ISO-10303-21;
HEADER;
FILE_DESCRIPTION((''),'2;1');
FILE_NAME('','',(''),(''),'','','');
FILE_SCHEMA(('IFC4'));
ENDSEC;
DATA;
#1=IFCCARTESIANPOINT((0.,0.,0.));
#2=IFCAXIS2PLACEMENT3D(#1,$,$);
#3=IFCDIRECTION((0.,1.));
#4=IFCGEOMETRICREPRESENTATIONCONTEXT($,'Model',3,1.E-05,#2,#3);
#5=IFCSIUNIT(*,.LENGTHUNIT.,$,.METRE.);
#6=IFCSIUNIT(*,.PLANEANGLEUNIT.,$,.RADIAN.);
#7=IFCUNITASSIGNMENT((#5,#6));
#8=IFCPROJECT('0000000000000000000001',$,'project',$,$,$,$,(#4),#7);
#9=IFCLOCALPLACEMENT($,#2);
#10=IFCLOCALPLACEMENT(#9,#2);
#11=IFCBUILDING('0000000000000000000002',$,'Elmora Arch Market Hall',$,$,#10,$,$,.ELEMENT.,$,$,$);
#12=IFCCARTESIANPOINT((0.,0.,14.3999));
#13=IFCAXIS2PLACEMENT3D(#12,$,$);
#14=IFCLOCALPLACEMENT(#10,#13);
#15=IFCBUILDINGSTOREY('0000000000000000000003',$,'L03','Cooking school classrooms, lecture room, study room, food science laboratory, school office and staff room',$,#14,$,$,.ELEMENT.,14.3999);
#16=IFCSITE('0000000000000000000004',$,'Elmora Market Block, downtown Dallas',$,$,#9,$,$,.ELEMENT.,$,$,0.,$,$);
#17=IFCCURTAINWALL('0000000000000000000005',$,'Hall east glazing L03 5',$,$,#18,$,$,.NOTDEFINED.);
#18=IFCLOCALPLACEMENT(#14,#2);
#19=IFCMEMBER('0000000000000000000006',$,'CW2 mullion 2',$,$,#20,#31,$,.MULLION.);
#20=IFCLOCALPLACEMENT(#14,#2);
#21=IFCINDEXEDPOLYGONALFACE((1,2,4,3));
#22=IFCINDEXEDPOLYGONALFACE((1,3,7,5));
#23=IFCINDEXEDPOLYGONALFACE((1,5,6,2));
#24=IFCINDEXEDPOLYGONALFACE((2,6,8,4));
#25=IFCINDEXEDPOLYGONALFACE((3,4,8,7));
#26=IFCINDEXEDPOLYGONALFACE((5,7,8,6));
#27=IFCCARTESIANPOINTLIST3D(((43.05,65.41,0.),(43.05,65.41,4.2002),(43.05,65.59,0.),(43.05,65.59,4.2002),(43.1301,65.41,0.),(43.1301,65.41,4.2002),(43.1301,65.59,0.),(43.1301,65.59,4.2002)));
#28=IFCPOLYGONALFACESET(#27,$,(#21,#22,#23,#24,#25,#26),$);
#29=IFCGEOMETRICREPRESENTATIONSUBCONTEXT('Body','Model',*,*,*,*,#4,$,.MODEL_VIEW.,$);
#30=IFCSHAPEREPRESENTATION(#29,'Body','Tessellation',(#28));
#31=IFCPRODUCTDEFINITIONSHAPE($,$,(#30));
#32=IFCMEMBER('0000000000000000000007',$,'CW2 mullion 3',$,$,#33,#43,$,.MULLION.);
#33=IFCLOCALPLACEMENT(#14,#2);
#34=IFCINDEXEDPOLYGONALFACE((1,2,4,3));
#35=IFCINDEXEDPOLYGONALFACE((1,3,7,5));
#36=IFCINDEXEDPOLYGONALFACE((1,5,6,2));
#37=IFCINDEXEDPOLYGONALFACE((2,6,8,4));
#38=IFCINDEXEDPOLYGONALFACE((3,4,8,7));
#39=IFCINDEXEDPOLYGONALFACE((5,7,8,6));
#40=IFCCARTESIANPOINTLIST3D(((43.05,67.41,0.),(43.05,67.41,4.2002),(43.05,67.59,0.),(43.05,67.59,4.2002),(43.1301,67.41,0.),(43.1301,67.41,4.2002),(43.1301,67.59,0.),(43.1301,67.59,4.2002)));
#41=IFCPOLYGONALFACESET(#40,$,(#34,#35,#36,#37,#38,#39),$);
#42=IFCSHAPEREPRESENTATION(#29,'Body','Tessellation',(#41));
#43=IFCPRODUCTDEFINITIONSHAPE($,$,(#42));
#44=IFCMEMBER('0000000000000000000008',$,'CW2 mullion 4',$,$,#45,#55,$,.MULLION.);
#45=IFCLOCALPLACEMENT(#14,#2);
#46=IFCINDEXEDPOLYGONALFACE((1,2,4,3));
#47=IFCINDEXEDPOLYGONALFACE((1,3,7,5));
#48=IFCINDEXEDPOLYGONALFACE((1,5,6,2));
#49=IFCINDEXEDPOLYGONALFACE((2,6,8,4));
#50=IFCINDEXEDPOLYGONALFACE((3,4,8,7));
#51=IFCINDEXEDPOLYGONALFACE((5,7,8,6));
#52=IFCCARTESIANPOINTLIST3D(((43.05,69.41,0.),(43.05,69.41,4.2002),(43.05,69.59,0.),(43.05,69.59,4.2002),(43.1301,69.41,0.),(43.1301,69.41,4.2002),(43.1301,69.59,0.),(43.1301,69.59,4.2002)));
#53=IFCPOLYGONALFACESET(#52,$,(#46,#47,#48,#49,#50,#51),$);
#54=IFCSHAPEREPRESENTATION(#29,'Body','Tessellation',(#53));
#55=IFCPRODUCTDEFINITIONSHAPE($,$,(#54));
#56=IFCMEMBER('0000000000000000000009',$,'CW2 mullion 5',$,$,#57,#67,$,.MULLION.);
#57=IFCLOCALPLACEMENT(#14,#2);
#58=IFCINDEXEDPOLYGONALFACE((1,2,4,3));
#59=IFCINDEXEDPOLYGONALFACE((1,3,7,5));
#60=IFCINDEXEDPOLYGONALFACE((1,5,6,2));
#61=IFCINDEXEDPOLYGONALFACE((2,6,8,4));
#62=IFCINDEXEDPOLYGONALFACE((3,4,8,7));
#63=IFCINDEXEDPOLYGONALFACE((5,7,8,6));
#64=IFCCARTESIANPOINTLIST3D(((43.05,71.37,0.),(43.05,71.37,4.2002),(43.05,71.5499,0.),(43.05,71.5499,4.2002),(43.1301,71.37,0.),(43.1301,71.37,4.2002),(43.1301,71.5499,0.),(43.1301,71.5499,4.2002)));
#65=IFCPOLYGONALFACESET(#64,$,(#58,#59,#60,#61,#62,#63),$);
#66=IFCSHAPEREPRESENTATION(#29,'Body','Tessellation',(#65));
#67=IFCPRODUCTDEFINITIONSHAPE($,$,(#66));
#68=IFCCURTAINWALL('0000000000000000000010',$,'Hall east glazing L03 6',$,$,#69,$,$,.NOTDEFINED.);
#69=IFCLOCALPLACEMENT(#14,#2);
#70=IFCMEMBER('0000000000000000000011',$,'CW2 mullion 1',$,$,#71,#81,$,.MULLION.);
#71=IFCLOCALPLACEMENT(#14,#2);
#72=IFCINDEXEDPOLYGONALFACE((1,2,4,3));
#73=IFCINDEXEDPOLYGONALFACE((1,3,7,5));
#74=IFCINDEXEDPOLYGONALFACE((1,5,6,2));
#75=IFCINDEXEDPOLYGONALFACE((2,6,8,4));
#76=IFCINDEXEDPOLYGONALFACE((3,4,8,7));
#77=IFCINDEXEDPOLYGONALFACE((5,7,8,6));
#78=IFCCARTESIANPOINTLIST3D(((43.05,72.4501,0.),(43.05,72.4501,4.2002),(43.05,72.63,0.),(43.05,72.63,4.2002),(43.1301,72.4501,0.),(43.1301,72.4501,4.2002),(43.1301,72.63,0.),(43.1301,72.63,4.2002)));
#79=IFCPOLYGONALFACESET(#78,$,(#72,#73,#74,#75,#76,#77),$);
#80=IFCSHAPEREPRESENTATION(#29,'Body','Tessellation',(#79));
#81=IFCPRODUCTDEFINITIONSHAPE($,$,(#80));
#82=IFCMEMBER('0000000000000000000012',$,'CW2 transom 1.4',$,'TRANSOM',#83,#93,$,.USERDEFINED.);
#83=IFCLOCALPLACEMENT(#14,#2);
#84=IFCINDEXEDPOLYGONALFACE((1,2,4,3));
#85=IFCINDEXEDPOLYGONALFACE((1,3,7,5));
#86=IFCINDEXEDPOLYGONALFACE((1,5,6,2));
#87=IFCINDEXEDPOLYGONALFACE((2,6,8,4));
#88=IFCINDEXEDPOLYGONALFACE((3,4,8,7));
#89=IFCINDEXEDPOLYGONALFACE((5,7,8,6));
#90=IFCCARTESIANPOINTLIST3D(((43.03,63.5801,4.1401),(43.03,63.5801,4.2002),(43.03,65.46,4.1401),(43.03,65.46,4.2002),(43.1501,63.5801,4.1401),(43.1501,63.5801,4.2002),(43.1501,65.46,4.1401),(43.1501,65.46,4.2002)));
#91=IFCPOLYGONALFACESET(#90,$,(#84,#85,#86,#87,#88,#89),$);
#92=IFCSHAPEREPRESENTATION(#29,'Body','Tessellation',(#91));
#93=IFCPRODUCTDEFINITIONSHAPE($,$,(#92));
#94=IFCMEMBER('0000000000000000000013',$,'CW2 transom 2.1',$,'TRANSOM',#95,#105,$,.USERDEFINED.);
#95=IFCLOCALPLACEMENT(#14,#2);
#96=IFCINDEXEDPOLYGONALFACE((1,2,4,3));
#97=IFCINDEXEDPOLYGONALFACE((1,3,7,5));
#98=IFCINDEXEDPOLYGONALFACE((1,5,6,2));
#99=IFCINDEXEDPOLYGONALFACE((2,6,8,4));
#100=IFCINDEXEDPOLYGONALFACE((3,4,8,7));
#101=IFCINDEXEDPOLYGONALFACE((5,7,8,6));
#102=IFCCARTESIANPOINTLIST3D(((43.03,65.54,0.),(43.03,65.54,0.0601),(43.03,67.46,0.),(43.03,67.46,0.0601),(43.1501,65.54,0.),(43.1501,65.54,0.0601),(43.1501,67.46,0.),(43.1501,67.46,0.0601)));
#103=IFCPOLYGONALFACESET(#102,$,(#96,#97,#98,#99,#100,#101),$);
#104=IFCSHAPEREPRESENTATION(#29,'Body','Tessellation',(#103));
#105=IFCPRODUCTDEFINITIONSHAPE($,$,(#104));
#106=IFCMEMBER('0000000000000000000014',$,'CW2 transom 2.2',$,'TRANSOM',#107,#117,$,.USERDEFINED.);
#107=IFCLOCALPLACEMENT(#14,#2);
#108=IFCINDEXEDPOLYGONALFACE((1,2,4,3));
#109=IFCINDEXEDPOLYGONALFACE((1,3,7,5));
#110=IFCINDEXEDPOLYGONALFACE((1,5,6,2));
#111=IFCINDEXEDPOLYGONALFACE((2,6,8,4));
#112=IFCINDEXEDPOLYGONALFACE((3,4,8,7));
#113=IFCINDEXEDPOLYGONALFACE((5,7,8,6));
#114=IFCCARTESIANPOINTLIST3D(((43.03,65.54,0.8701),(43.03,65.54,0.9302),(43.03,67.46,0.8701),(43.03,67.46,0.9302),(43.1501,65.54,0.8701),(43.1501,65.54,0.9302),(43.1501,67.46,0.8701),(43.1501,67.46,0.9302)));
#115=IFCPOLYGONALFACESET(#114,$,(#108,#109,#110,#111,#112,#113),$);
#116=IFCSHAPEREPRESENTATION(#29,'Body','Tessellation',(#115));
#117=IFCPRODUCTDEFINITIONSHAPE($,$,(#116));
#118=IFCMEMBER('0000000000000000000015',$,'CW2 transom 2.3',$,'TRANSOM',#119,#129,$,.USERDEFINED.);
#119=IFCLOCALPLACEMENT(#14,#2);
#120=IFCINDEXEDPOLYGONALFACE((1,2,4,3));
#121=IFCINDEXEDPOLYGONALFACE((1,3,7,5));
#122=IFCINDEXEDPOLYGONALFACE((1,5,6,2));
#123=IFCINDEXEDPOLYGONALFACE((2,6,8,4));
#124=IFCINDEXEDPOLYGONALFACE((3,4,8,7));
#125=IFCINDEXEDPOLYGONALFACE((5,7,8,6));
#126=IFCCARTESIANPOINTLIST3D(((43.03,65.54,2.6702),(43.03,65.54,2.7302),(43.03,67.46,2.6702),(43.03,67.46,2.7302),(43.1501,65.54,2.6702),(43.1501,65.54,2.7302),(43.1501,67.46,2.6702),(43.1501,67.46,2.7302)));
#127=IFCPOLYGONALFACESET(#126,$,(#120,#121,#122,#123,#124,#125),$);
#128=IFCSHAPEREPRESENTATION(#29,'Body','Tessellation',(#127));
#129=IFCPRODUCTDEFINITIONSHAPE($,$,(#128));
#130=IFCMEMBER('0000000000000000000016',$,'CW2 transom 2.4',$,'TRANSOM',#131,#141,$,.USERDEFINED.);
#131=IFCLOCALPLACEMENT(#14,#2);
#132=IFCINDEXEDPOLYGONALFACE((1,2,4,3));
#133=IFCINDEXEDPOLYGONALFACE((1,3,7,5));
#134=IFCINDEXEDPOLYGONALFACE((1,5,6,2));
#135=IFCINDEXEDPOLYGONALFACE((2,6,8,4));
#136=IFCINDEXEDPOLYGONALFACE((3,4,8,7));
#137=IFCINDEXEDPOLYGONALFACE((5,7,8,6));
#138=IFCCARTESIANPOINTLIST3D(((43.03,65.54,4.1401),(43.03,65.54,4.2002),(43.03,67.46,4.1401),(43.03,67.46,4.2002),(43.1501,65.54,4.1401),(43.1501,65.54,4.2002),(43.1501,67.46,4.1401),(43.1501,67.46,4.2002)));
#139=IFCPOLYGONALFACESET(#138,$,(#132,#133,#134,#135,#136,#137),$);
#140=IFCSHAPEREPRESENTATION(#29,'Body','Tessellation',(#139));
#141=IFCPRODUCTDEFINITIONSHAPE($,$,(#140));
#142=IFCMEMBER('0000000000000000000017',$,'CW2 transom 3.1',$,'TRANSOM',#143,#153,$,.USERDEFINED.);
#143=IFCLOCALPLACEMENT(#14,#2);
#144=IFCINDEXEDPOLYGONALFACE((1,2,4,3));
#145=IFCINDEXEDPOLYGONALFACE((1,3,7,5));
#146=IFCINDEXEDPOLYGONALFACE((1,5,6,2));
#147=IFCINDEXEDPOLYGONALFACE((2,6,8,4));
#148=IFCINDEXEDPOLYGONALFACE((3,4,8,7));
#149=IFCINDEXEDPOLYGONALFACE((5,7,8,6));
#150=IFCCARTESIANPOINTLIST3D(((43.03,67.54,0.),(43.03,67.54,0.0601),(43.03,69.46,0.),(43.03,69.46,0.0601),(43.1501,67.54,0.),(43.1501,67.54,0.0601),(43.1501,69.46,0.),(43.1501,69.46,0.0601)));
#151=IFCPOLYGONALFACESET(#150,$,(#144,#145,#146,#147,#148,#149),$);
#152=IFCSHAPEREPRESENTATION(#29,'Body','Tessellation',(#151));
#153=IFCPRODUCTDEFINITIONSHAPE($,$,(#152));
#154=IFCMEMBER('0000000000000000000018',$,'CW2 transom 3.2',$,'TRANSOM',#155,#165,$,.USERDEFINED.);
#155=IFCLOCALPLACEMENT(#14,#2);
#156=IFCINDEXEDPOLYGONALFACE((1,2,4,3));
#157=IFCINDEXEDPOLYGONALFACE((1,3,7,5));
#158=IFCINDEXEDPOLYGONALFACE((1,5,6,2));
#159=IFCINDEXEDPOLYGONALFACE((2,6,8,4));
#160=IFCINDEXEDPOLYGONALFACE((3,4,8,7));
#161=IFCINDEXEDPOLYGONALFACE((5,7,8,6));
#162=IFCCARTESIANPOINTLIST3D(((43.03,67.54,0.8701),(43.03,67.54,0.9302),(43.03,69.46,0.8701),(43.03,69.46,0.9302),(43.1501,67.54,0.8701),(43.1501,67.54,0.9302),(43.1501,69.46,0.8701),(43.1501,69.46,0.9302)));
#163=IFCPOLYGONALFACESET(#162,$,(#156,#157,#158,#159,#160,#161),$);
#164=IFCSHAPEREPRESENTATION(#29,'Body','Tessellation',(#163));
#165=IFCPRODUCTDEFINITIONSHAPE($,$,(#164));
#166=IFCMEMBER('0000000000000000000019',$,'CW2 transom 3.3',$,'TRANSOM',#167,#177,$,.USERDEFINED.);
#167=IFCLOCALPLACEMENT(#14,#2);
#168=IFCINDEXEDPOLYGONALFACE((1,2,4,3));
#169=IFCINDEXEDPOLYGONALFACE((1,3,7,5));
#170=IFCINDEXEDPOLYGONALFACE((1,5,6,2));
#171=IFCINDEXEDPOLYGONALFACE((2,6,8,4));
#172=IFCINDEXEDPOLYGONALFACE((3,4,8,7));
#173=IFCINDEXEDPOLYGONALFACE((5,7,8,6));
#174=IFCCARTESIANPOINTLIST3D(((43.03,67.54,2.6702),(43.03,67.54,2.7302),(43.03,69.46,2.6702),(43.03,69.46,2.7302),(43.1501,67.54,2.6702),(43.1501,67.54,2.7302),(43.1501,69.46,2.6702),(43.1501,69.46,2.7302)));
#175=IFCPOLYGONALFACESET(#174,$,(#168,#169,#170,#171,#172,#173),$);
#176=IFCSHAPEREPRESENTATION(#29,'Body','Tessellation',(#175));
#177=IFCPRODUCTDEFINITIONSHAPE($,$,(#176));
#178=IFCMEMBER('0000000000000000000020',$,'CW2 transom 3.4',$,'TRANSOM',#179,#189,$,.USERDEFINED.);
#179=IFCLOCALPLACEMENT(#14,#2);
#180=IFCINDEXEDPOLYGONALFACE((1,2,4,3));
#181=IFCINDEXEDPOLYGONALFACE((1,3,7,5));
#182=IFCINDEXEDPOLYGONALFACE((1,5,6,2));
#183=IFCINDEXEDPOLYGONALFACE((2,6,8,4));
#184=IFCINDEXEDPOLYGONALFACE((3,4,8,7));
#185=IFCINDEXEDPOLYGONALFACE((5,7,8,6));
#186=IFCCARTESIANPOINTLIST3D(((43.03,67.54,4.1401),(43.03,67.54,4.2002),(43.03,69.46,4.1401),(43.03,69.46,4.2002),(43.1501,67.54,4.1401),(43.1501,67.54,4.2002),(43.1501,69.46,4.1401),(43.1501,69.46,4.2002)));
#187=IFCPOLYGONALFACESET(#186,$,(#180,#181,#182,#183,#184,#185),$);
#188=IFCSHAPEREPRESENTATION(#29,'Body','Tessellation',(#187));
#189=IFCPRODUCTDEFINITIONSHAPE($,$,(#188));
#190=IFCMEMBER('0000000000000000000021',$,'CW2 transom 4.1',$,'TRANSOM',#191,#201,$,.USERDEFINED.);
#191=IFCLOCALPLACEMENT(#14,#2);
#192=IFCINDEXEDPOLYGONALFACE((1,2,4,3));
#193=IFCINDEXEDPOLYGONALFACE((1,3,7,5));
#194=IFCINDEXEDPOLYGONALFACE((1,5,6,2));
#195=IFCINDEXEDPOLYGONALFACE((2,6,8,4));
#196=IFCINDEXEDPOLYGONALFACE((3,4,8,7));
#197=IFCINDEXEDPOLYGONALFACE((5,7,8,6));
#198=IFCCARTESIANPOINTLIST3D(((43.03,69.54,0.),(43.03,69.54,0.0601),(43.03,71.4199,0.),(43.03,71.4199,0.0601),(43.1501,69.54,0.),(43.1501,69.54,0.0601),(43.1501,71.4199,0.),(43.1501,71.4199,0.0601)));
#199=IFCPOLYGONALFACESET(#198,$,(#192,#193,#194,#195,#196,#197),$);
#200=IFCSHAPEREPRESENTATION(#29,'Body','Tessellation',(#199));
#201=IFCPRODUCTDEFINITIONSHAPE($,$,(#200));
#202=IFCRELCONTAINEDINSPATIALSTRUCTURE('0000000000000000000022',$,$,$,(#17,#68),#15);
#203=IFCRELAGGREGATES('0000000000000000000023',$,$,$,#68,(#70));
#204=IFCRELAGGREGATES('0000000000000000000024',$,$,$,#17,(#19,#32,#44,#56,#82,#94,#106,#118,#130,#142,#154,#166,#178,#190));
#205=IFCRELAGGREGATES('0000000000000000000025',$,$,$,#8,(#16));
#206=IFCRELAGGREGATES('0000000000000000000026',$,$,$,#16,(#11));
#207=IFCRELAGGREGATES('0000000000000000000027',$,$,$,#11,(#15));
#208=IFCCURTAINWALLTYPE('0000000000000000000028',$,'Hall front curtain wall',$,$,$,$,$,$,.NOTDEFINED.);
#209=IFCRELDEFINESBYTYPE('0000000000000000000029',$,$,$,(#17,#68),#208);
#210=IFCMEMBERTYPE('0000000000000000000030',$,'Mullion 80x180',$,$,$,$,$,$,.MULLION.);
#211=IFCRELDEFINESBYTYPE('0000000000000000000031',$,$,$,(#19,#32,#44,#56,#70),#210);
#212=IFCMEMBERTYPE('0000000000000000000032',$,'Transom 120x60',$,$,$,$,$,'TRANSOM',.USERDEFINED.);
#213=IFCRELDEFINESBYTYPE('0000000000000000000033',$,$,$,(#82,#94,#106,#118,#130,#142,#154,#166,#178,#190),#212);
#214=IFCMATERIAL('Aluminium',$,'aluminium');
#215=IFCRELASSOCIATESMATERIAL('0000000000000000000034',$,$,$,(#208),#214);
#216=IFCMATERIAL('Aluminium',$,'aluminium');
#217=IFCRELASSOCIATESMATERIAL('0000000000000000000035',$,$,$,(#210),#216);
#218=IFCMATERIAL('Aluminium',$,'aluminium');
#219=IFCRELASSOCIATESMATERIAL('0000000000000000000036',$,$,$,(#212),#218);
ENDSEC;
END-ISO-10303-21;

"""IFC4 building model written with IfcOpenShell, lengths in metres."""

from ifc_helpers import new_model, si_unit, direction, frame, origin, origin_2d, place, context, subcontext, project, spatial, rectangle, extrude, material, material_profile, profile_set, type_object, element, aggregate, save


model = new_model("IFC4")

# Units and contexts
model_context = context("Model", 3, precision=1e-05, world=origin(), true_north=direction((0.0, 1.0)))
body_context = subcontext(model_context, "Body", "Model", "MODEL_VIEW")
ifc_project = project(units=[si_unit("LENGTHUNIT", "METRE"), si_unit("PLANEANGLEUNIT", "RADIAN")], contexts=[model_context])

# Site, building, storey
site_placement = place(None, origin())
site = spatial("IfcSite", under=ifc_project, at=site_placement, Name="Elmora Market Block, downtown Dallas", CompositionType="ELEMENT", RefElevation=0.0)
building_placement = place(site_placement, origin())
building = spatial("IfcBuilding", under=site, at=building_placement, Name="Elmora Arch Market Hall", CompositionType="ELEMENT")
storey_placement = place(building_placement, frame((0.0, 0.0, 14.3999)))
storey = spatial("IfcBuildingStorey", under=building, at=storey_placement, Name="L03", Description="Cooking school classrooms, lecture room, study room, food science laboratory, school office and staff room", CompositionType="ELEMENT", Elevation=14.3999)

# Curtain wall, members
ifc_material_1 = material(Name="Aluminium", Category="aluminium")
curtain_wall_type = type_object("IfcCurtainWallType", Name="Hall front curtain wall", PredefinedType="NOTDEFINED", material=ifc_material_1)
curtain_wall_1_placement = place(storey_placement, origin())
curtain_wall_1 = element("IfcCurtainWall", 1, at=curtain_wall_1_placement, inside=storey, type_object=curtain_wall_type, Name="Hall east glazing L03 5", PredefinedType="NOTDEFINED")
ifc_material_2 = material(Name="Aluminium", Category="aluminium")
ifc_material_profile_1 = material_profile(ifc_material_2, rectangle(XDim=0.0801, YDim=0.1799, at=origin_2d()), Name="AL 80x180")
ifc_profile_set_1 = profile_set([ifc_material_profile_1], Name="Aluminium")
member_type_1 = type_object("IfcMemberType", Name="Mullion 80x180", PredefinedType="MULLION", material=ifc_profile_set_1)
member_1_placement = place(storey_placement, frame((43.0901, 65.5, 0.0), z_axis=(0.0, 0.0, 1.0), x_axis=(-1.0, 0.0, 0.0)))
member_1 = element("IfcMember", 2, at=member_1_placement, type_object=member_type_1, Name="CW2 mullion 2", PredefinedType="MULLION", context=body_context, shape_type="SweptSolid", body=[
    extrude(rectangle(XDim=0.0801, YDim=0.1799, at=origin_2d()), origin(), (0.0, 0.0, 1.0), 4.2002),
])
member_2_placement = place(storey_placement, frame((43.0901, 67.5, 0.0), z_axis=(0.0, 0.0, 1.0), x_axis=(-1.0, 0.0, 0.0)))
member_2 = element("IfcMember", 3, at=member_2_placement, type_object=member_type_1, Name="CW2 mullion 3", PredefinedType="MULLION", context=body_context, shape_type="SweptSolid", body=[
    extrude(rectangle(XDim=0.0801, YDim=0.1799, at=origin_2d()), origin(), (0.0, 0.0, 1.0), 4.2002),
])
member_3_placement = place(storey_placement, frame((43.0901, 69.5, 0.0), z_axis=(0.0, 0.0, 1.0), x_axis=(-1.0, 0.0, 0.0)))
member_3 = element("IfcMember", 4, at=member_3_placement, type_object=member_type_1, Name="CW2 mullion 4", PredefinedType="MULLION", context=body_context, shape_type="SweptSolid", body=[
    extrude(rectangle(XDim=0.0801, YDim=0.1799, at=origin_2d()), origin(), (0.0, 0.0, 1.0), 4.2002),
])
member_4_placement = place(storey_placement, frame((43.0901, 71.46, 0.0), z_axis=(0.0, 0.0, 1.0), x_axis=(-1.0, 0.0, 0.0)))
member_4 = element("IfcMember", 5, at=member_4_placement, type_object=member_type_1, Name="CW2 mullion 5", PredefinedType="MULLION", context=body_context, shape_type="SweptSolid", body=[
    extrude(rectangle(XDim=0.0801, YDim=0.1799, at=origin_2d()), origin(), (0.0, 0.0, 1.0), 4.2002),
])

# Curtain wall, member
curtain_wall_2_placement = place(storey_placement, origin())
curtain_wall_2 = element("IfcCurtainWall", 6, at=curtain_wall_2_placement, inside=storey, type_object=curtain_wall_type, Name="Hall east glazing L03 6", PredefinedType="NOTDEFINED")
member_5_placement = place(storey_placement, frame((43.0901, 72.54, 0.0), z_axis=(0.0, 0.0, 1.0), x_axis=(-1.0, 0.0, 0.0)))
member_5 = element("IfcMember", 7, at=member_5_placement, type_object=member_type_1, Name="CW2 mullion 1", PredefinedType="MULLION", context=body_context, shape_type="SweptSolid", body=[
    extrude(rectangle(XDim=0.0801, YDim=0.1799, at=origin_2d()), origin(), (0.0, 0.0, 1.0), 4.2002),
])
aggregate(curtain_wall_2, [member_5])

# Members
ifc_material_3 = material(Name="Aluminium", Category="aluminium")
ifc_material_profile_2 = material_profile(ifc_material_3, rectangle(XDim=0.1201, YDim=0.0601, at=origin_2d()), Name="AL 120x60")
ifc_profile_set_2 = profile_set([ifc_material_profile_2], Name="Aluminium")
member_type_2 = type_object("IfcMemberType", Name="Transom 120x60", ElementType="TRANSOM", PredefinedType="USERDEFINED", material=ifc_profile_set_2)
member_6_placement = place(storey_placement, frame((43.0901, 63.5801, 4.1702), z_axis=(0.0, 1.0, 0.0), x_axis=(-1.0, 0.0, 0.0)))
member_6 = element("IfcMember", 8, at=member_6_placement, type_object=member_type_2, Name="CW2 transom 1.4", ObjectType="TRANSOM", PredefinedType="USERDEFINED", context=body_context, shape_type="SweptSolid", body=[
    extrude(rectangle(XDim=0.1201, YDim=0.0601, at=origin_2d()), origin(), (0.0, 0.0, 1.0), 1.8799),
])
member_7_placement = place(storey_placement, frame((43.0901, 65.54, 0.03), z_axis=(0.0, 1.0, 0.0), x_axis=(-1.0, 0.0, 0.0)))
member_7 = element("IfcMember", 9, at=member_7_placement, type_object=member_type_2, Name="CW2 transom 2.1", ObjectType="TRANSOM", PredefinedType="USERDEFINED", context=body_context, shape_type="SweptSolid", body=[
    extrude(rectangle(XDim=0.1201, YDim=0.0601, at=origin_2d()), origin(), (0.0, 0.0, 1.0), 1.9199),
])
member_8_placement = place(storey_placement, frame((43.0901, 65.54, 0.9001), z_axis=(0.0, 1.0, 0.0), x_axis=(-1.0, 0.0, 0.0)))
member_8 = element("IfcMember", 10, at=member_8_placement, type_object=member_type_2, Name="CW2 transom 2.2", ObjectType="TRANSOM", PredefinedType="USERDEFINED", context=body_context, shape_type="SweptSolid", body=[
    extrude(rectangle(XDim=0.1201, YDim=0.0601, at=origin_2d()), origin(), (0.0, 0.0, 1.0), 1.9199),
])
member_9_placement = place(storey_placement, frame((43.0901, 65.54, 2.7002), z_axis=(0.0, 1.0, 0.0), x_axis=(-1.0, 0.0, 0.0)))
member_9 = element("IfcMember", 11, at=member_9_placement, type_object=member_type_2, Name="CW2 transom 2.3", ObjectType="TRANSOM", PredefinedType="USERDEFINED", context=body_context, shape_type="SweptSolid", body=[
    extrude(rectangle(XDim=0.1201, YDim=0.0601, at=origin_2d()), origin(), (0.0, 0.0, 1.0), 1.9199),
])
member_10_placement = place(storey_placement, frame((43.0901, 65.54, 4.1702), z_axis=(0.0, 1.0, 0.0), x_axis=(-1.0, 0.0, 0.0)))
member_10 = element("IfcMember", 12, at=member_10_placement, type_object=member_type_2, Name="CW2 transom 2.4", ObjectType="TRANSOM", PredefinedType="USERDEFINED", context=body_context, shape_type="SweptSolid", body=[
    extrude(rectangle(XDim=0.1201, YDim=0.0601, at=origin_2d()), origin(), (0.0, 0.0, 1.0), 1.9199),
])
member_11_placement = place(storey_placement, frame((43.0901, 67.54, 0.03), z_axis=(0.0, 1.0, 0.0), x_axis=(-1.0, 0.0, 0.0)))
member_11 = element("IfcMember", 13, at=member_11_placement, type_object=member_type_2, Name="CW2 transom 3.1", ObjectType="TRANSOM", PredefinedType="USERDEFINED", context=body_context, shape_type="SweptSolid", body=[
    extrude(rectangle(XDim=0.1201, YDim=0.0601, at=origin_2d()), origin(), (0.0, 0.0, 1.0), 1.9199),
])
member_12_placement = place(storey_placement, frame((43.0901, 67.54, 0.9001), z_axis=(0.0, 1.0, 0.0), x_axis=(-1.0, 0.0, 0.0)))
member_12 = element("IfcMember", 14, at=member_12_placement, type_object=member_type_2, Name="CW2 transom 3.2", ObjectType="TRANSOM", PredefinedType="USERDEFINED", context=body_context, shape_type="SweptSolid", body=[
    extrude(rectangle(XDim=0.1201, YDim=0.0601, at=origin_2d()), origin(), (0.0, 0.0, 1.0), 1.9199),
])
member_13_placement = place(storey_placement, frame((43.0901, 67.54, 2.7002), z_axis=(0.0, 1.0, 0.0), x_axis=(-1.0, 0.0, 0.0)))
member_13 = element("IfcMember", 15, at=member_13_placement, type_object=member_type_2, Name="CW2 transom 3.3", ObjectType="TRANSOM", PredefinedType="USERDEFINED", context=body_context, shape_type="SweptSolid", body=[
    extrude(rectangle(XDim=0.1201, YDim=0.0601, at=origin_2d()), origin(), (0.0, 0.0, 1.0), 1.9199),
])
member_14_placement = place(storey_placement, frame((43.0901, 67.54, 4.1702), z_axis=(0.0, 1.0, 0.0), x_axis=(-1.0, 0.0, 0.0)))
member_14 = element("IfcMember", 16, at=member_14_placement, type_object=member_type_2, Name="CW2 transom 3.4", ObjectType="TRANSOM", PredefinedType="USERDEFINED", context=body_context, shape_type="SweptSolid", body=[
    extrude(rectangle(XDim=0.1201, YDim=0.0601, at=origin_2d()), origin(), (0.0, 0.0, 1.0), 1.9199),
])
member_15_placement = place(storey_placement, frame((43.0901, 69.54, 0.03), z_axis=(0.0, 1.0, 0.0), x_axis=(-1.0, 0.0, 0.0)))
member_15 = element("IfcMember", 17, at=member_15_placement, type_object=member_type_2, Name="CW2 transom 4.1", ObjectType="TRANSOM", PredefinedType="USERDEFINED", context=body_context, shape_type="SweptSolid", body=[
    extrude(rectangle(XDim=0.1201, YDim=0.0601, at=origin_2d()), origin(), (0.0, 0.0, 1.0), 1.8799),
])

aggregate(curtain_wall_1, [member_1, member_2, member_3, member_4, member_6, member_7, member_8, member_9, member_10, member_11, member_12, member_13, member_14, member_15])

save(model, "model.ifc")
